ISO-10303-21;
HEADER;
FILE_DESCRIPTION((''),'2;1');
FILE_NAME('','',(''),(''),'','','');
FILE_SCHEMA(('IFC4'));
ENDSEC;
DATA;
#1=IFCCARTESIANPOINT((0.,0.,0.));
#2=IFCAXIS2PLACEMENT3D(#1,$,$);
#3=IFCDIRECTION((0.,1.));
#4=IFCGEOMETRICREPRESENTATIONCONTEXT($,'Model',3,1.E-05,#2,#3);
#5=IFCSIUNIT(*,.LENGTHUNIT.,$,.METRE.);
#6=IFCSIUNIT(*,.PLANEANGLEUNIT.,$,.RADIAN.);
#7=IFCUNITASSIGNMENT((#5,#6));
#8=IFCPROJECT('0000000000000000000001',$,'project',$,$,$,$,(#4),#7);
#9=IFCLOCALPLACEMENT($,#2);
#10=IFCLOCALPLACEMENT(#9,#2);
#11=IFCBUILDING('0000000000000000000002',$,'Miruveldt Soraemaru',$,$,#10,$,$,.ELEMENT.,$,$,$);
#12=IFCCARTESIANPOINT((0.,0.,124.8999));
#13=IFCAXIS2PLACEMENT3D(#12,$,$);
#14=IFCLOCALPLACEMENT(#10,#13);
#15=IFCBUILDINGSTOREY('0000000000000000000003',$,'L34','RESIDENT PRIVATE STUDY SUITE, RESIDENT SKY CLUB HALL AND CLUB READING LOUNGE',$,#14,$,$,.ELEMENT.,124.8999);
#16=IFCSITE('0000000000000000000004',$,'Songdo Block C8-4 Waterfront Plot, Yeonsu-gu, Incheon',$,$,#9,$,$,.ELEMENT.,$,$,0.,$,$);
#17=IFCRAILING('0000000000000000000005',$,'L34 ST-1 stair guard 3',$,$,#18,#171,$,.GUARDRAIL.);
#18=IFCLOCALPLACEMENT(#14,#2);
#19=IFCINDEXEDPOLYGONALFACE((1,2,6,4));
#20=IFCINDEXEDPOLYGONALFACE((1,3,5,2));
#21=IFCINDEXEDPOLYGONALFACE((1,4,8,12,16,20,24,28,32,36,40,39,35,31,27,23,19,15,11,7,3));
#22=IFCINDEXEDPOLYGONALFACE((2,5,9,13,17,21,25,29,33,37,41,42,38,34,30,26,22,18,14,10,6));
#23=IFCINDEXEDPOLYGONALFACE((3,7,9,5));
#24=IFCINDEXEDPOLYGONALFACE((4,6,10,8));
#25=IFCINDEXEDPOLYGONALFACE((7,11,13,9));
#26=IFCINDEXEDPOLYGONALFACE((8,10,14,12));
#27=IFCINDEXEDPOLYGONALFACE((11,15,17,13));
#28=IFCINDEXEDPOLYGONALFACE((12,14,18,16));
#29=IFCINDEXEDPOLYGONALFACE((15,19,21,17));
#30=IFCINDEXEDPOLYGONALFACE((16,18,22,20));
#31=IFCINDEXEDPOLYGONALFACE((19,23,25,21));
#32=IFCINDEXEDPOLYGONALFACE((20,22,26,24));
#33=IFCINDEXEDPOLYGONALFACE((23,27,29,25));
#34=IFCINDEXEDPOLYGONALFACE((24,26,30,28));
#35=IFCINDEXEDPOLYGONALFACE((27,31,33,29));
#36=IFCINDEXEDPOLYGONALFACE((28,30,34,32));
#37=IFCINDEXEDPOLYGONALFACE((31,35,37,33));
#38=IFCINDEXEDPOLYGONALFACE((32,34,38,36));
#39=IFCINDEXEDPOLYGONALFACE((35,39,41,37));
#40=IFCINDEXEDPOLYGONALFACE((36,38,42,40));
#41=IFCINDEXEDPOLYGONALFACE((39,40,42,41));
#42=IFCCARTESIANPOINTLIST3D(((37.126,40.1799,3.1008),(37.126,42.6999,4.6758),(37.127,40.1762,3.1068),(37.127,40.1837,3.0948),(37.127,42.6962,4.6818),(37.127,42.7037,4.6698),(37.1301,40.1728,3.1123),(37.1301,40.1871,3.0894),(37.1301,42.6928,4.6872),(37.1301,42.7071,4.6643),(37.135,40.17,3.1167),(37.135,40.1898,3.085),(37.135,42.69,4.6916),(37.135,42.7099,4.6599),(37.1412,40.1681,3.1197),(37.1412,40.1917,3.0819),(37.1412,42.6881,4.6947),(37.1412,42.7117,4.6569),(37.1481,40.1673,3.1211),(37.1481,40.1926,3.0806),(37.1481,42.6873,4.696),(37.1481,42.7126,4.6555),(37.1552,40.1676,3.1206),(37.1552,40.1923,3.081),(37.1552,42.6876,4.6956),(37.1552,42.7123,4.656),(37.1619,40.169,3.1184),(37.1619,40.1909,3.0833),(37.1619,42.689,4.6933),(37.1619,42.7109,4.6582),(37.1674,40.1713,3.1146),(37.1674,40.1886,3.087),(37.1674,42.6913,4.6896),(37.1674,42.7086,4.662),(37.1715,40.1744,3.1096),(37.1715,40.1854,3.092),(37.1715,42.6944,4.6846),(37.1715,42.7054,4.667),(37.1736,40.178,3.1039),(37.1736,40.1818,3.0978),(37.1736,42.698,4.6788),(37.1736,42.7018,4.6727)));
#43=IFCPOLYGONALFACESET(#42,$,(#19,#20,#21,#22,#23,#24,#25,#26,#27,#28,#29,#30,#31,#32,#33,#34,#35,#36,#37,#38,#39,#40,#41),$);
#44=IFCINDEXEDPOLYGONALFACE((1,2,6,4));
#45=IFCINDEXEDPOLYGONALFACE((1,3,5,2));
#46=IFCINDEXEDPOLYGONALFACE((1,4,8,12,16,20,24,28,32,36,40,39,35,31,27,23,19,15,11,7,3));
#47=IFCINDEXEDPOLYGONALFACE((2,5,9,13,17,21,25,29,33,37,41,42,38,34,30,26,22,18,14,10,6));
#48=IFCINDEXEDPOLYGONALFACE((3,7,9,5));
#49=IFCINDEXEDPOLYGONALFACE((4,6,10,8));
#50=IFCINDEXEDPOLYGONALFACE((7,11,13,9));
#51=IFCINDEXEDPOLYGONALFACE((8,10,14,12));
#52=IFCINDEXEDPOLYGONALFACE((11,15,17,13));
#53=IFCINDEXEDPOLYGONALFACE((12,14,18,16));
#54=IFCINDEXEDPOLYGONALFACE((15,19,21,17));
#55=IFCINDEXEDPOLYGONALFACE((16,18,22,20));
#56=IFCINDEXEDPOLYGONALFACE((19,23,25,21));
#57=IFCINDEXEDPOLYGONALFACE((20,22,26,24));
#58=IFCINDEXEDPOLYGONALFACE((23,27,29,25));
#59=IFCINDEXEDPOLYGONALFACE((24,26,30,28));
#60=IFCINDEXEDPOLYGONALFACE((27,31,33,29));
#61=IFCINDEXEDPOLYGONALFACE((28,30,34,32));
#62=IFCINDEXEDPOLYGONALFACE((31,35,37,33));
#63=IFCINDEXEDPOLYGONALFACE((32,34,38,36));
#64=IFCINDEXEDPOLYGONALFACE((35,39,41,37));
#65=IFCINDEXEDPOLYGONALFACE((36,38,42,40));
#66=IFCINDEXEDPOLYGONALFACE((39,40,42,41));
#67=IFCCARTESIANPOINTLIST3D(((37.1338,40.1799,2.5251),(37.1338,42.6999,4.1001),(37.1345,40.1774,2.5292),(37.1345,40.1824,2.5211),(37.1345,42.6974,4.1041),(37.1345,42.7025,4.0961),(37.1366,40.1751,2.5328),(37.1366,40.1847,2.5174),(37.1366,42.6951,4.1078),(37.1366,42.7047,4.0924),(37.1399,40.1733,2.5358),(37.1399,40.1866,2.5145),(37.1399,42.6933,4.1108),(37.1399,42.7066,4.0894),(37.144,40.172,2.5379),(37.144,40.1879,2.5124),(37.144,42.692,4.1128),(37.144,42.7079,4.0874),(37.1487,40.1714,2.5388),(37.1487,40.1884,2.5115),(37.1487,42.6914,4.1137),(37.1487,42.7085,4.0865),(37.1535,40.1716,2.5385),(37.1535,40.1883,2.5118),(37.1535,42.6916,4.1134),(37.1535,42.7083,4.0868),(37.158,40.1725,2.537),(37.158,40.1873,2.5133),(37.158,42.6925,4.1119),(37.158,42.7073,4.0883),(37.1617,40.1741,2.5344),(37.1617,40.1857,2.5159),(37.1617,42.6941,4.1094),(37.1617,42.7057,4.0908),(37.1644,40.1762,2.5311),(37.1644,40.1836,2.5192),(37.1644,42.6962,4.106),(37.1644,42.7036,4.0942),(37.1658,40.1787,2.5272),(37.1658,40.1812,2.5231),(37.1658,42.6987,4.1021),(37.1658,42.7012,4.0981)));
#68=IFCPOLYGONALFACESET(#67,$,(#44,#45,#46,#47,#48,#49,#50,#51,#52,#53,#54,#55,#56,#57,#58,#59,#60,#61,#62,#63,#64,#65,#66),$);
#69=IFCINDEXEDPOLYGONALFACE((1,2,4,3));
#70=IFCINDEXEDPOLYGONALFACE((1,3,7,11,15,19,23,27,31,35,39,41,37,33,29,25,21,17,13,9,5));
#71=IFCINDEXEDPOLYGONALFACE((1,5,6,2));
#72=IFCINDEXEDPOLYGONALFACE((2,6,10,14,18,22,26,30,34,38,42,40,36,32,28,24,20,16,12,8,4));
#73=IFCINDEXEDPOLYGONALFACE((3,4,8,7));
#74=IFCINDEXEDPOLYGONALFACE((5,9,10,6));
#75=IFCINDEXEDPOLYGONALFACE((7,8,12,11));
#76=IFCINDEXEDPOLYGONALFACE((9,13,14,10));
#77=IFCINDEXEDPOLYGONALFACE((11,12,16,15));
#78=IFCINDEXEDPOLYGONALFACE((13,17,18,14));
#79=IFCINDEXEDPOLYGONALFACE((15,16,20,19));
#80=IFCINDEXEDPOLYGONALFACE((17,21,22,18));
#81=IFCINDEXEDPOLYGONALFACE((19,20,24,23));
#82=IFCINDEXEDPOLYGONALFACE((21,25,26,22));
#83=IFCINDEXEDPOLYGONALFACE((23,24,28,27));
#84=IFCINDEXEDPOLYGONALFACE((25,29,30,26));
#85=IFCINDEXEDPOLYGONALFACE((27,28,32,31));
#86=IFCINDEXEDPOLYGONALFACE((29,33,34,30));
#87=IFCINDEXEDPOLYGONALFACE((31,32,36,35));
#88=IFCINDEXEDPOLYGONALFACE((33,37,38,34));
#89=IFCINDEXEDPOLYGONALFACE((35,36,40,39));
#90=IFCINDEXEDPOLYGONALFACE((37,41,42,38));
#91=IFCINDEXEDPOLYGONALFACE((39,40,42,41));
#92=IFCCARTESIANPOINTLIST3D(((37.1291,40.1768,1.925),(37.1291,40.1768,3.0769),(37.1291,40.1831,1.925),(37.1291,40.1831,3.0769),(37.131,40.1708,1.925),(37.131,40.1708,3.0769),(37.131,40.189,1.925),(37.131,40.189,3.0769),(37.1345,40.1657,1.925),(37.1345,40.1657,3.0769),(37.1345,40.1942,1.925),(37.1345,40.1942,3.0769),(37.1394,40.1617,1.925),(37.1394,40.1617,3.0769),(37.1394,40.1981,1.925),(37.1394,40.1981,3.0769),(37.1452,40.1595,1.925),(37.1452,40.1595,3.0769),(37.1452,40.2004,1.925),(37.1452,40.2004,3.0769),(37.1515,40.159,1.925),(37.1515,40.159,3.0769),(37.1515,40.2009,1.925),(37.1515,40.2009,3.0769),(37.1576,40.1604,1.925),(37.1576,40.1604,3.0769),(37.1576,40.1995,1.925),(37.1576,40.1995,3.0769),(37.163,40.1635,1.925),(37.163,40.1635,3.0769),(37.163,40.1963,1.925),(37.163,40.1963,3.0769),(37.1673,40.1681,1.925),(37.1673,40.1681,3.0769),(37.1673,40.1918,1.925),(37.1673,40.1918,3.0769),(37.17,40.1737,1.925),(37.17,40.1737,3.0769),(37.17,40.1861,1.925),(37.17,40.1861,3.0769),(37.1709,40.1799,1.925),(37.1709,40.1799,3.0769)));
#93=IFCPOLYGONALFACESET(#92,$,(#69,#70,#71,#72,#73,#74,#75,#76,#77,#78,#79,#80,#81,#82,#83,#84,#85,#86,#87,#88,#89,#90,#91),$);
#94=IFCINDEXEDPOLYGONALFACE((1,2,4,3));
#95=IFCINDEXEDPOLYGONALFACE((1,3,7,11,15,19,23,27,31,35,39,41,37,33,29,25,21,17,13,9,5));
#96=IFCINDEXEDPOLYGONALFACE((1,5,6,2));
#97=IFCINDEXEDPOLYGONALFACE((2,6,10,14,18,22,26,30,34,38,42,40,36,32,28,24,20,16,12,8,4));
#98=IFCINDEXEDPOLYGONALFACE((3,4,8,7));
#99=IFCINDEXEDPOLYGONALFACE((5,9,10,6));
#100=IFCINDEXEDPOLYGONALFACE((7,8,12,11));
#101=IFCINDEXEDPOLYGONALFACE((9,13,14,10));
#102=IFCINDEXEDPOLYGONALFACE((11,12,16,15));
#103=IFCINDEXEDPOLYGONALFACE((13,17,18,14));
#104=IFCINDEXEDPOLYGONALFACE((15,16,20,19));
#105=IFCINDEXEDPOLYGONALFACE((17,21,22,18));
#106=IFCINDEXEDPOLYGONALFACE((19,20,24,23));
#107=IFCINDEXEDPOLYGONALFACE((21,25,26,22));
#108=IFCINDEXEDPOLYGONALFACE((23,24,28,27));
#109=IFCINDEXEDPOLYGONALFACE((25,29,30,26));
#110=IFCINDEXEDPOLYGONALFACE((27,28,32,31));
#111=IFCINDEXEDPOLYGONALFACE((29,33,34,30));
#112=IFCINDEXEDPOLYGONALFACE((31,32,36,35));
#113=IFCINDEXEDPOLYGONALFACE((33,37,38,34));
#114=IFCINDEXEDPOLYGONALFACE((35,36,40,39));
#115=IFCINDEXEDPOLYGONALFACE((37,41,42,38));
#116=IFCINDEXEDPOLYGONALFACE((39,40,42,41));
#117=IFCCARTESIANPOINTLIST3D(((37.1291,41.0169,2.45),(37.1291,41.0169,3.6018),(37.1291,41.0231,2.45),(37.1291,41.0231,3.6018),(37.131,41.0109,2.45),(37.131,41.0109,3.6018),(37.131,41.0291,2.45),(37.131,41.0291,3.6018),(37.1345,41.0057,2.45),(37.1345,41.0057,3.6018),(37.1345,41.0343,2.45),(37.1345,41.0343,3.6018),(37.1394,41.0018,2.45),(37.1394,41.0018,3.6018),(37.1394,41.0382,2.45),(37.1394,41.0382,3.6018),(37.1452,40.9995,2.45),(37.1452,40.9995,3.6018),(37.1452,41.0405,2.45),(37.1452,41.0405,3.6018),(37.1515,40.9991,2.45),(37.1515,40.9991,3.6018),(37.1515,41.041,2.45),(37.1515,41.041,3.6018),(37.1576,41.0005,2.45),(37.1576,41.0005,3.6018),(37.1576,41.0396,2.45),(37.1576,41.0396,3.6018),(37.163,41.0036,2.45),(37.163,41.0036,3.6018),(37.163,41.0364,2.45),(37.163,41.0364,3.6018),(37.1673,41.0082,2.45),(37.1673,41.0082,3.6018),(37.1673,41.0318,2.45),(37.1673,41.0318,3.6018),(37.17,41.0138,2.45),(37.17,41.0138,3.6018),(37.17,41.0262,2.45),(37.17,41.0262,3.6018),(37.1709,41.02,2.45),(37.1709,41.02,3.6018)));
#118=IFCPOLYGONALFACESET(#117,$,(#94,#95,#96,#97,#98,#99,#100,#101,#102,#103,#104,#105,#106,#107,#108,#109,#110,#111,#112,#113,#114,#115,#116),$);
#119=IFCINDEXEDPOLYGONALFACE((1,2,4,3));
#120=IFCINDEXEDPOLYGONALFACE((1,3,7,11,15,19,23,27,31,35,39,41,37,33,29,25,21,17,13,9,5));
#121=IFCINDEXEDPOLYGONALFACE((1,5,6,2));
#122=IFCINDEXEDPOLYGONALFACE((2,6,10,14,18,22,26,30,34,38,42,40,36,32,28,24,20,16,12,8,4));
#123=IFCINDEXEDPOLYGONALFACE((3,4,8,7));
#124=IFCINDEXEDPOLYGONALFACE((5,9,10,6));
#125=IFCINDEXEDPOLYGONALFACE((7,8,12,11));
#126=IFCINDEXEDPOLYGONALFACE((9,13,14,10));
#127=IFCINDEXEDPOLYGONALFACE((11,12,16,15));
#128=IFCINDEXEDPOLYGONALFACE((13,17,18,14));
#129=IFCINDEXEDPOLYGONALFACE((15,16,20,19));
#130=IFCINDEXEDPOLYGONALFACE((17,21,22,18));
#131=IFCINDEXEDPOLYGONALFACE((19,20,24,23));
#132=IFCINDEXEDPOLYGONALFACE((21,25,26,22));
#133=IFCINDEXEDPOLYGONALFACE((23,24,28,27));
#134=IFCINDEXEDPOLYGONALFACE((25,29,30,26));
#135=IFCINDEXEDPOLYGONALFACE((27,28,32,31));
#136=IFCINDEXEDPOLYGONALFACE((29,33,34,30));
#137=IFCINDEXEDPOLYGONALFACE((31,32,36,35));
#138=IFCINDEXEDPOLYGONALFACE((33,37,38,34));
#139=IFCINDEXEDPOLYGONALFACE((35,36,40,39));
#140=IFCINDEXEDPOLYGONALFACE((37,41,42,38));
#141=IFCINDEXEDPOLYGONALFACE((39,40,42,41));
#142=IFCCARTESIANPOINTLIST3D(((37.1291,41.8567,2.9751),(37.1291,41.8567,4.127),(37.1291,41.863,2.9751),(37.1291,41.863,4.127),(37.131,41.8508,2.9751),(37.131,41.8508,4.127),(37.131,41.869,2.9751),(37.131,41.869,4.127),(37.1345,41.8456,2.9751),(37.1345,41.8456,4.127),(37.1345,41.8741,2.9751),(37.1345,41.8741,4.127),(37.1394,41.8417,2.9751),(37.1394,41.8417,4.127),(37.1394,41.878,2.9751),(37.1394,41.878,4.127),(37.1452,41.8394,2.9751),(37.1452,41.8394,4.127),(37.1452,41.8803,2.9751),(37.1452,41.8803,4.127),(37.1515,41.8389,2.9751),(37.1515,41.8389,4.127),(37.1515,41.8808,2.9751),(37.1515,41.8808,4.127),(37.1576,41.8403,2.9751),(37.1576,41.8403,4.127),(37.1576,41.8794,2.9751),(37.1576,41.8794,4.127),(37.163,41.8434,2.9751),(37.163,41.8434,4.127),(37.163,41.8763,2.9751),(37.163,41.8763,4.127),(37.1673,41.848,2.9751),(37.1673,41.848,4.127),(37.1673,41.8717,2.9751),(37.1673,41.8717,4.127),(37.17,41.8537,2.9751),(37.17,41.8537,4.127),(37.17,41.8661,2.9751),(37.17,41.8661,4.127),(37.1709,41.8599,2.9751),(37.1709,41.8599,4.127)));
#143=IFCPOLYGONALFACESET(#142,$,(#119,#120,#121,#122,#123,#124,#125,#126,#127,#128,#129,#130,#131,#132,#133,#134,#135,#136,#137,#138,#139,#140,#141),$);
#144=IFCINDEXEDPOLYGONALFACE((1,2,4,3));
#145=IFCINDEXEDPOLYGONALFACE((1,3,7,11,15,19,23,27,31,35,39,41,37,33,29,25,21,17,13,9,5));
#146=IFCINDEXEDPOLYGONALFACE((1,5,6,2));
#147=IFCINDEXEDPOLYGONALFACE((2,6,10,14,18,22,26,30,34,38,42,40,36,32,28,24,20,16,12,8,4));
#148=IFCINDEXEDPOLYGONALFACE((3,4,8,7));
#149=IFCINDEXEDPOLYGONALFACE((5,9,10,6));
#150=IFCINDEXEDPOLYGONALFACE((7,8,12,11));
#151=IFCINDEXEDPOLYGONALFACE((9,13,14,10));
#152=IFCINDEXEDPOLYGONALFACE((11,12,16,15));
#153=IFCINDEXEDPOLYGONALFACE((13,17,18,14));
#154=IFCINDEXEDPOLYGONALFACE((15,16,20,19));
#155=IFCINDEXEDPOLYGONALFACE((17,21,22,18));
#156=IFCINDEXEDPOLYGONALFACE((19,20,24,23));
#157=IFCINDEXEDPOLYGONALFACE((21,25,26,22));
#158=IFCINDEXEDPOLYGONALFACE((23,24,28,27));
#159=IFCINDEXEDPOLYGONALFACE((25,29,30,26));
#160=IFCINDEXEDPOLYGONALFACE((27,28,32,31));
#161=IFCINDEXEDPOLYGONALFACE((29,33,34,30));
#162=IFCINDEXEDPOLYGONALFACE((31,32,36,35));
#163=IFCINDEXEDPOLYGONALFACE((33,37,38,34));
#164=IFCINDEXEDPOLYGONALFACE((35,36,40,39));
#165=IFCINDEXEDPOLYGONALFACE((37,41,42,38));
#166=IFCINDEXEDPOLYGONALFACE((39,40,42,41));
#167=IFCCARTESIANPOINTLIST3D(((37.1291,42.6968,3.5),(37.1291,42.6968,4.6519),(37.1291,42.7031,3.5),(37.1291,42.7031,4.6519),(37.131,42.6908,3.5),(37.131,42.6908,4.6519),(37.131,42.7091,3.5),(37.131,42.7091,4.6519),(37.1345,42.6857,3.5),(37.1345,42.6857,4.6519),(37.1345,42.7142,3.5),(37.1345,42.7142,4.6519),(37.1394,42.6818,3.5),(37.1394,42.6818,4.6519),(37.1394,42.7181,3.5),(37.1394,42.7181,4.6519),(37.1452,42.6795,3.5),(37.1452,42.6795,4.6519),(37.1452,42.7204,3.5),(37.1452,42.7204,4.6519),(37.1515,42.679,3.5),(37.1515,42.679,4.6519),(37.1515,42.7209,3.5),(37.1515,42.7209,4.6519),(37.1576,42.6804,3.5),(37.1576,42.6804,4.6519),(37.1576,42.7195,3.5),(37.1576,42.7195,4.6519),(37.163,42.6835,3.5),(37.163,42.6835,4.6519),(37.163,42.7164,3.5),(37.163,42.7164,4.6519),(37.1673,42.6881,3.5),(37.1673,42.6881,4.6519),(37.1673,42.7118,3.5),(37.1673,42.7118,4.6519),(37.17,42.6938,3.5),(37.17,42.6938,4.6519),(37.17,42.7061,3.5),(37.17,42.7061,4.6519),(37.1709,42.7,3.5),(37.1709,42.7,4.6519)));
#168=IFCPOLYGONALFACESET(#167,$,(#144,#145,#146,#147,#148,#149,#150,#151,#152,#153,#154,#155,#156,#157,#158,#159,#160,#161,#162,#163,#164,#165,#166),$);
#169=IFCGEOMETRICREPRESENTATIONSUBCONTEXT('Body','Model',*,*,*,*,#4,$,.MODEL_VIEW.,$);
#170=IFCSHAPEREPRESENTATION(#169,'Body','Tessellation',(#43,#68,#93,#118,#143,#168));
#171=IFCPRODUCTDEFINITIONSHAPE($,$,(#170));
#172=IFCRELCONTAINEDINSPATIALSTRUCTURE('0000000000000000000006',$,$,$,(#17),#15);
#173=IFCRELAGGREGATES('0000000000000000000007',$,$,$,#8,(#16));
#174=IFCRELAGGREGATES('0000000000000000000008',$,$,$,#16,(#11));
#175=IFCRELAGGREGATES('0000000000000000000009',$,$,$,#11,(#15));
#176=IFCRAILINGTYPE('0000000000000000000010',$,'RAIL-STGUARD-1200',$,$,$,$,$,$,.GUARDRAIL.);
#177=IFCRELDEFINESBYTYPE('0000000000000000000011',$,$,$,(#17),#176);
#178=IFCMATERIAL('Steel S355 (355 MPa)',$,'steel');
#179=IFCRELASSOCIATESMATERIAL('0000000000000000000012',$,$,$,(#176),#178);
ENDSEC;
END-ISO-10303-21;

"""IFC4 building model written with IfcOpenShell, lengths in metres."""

from ifc_helpers import new_model, si_unit, direction, frame, origin, origin_2d, place, context, subcontext, project, spatial, circle, extrude, material, type_object, element, save


model = new_model("IFC4")

# Units and contexts
model_context = context("Model", 3, precision=1e-05, world=origin(), true_north=direction((0.0, 1.0)))
body_context = subcontext(model_context, "Body", "Model", "MODEL_VIEW")
ifc_project = project(units=[si_unit("LENGTHUNIT", "METRE"), si_unit("PLANEANGLEUNIT", "RADIAN")], contexts=[model_context])

# Site, building, storey
site_placement = place(None, origin())
site = spatial("IfcSite", under=ifc_project, at=site_placement, Name="Songdo Block C8-4 Waterfront Plot, Yeonsu-gu, Incheon", CompositionType="ELEMENT", RefElevation=0.0)
building_placement = place(site_placement, origin())
building = spatial("IfcBuilding", under=site, at=building_placement, Name="Miruveldt Soraemaru", CompositionType="ELEMENT")
storey_placement = place(building_placement, frame((0.0, 0.0, 124.8999)))
storey = spatial("IfcBuildingStorey", under=building, at=storey_placement, Name="L34", Description="RESIDENT PRIVATE STUDY SUITE, RESIDENT SKY CLUB HALL AND CLUB READING LOUNGE", CompositionType="ELEMENT", Elevation=124.8999)

# Railing
ifc_material_1 = material(Name="Steel S355 (355 MPa)", Category="steel")
railing_type_1 = type_object("IfcRailingType", Name="RAIL-STGUARD-1200", PredefinedType="GUARDRAIL", material=ifc_material_1)
railing_1_placement = place(storey_placement, frame((37.1499, 40.1799, 1.925)))
element("IfcRailing", 1, at=railing_1_placement, inside=storey, type_object=railing_type_1, Name="L34 ST-1 stair guard 3", PredefinedType="GUARDRAIL", context=body_context, shape_type="SweptSolid", body=[
    extrude(circle(Radius=0.0239, at=origin_2d()), frame((0.0, 0.0, 1.1758), z_axis=(0.0, 0.848008, 0.529984), x_axis=(-1.0, 0.0, 0.0)), (0.0, 0.0, 1.0), 2.9717),
    extrude(circle(Radius=0.0161, at=origin_2d()), frame((0.0, 0.0, 0.6001), z_axis=(0.0, 0.848008, 0.529984), x_axis=(-1.0, 0.0, 0.0)), (0.0, 0.0, 1.0), 2.9717),
    extrude(circle(Radius=0.021, at=origin_2d()), origin(), (0.0, 0.0, 1.0), 1.1519),
    extrude(circle(Radius=0.021, at=origin_2d()), frame((0.0, 0.8401, 0.5249)), (0.0, 0.0, 1.0), 1.1519),
    extrude(circle(Radius=0.021, at=origin_2d()), frame((0.0, 1.6799, 1.05)), (0.0, 0.0, 1.0), 1.1519),
    extrude(circle(Radius=0.021, at=origin_2d()), frame((0.0, 2.52, 1.575)), (0.0, 0.0, 1.0), 1.1519),
])

save(model, "model.ifc")
